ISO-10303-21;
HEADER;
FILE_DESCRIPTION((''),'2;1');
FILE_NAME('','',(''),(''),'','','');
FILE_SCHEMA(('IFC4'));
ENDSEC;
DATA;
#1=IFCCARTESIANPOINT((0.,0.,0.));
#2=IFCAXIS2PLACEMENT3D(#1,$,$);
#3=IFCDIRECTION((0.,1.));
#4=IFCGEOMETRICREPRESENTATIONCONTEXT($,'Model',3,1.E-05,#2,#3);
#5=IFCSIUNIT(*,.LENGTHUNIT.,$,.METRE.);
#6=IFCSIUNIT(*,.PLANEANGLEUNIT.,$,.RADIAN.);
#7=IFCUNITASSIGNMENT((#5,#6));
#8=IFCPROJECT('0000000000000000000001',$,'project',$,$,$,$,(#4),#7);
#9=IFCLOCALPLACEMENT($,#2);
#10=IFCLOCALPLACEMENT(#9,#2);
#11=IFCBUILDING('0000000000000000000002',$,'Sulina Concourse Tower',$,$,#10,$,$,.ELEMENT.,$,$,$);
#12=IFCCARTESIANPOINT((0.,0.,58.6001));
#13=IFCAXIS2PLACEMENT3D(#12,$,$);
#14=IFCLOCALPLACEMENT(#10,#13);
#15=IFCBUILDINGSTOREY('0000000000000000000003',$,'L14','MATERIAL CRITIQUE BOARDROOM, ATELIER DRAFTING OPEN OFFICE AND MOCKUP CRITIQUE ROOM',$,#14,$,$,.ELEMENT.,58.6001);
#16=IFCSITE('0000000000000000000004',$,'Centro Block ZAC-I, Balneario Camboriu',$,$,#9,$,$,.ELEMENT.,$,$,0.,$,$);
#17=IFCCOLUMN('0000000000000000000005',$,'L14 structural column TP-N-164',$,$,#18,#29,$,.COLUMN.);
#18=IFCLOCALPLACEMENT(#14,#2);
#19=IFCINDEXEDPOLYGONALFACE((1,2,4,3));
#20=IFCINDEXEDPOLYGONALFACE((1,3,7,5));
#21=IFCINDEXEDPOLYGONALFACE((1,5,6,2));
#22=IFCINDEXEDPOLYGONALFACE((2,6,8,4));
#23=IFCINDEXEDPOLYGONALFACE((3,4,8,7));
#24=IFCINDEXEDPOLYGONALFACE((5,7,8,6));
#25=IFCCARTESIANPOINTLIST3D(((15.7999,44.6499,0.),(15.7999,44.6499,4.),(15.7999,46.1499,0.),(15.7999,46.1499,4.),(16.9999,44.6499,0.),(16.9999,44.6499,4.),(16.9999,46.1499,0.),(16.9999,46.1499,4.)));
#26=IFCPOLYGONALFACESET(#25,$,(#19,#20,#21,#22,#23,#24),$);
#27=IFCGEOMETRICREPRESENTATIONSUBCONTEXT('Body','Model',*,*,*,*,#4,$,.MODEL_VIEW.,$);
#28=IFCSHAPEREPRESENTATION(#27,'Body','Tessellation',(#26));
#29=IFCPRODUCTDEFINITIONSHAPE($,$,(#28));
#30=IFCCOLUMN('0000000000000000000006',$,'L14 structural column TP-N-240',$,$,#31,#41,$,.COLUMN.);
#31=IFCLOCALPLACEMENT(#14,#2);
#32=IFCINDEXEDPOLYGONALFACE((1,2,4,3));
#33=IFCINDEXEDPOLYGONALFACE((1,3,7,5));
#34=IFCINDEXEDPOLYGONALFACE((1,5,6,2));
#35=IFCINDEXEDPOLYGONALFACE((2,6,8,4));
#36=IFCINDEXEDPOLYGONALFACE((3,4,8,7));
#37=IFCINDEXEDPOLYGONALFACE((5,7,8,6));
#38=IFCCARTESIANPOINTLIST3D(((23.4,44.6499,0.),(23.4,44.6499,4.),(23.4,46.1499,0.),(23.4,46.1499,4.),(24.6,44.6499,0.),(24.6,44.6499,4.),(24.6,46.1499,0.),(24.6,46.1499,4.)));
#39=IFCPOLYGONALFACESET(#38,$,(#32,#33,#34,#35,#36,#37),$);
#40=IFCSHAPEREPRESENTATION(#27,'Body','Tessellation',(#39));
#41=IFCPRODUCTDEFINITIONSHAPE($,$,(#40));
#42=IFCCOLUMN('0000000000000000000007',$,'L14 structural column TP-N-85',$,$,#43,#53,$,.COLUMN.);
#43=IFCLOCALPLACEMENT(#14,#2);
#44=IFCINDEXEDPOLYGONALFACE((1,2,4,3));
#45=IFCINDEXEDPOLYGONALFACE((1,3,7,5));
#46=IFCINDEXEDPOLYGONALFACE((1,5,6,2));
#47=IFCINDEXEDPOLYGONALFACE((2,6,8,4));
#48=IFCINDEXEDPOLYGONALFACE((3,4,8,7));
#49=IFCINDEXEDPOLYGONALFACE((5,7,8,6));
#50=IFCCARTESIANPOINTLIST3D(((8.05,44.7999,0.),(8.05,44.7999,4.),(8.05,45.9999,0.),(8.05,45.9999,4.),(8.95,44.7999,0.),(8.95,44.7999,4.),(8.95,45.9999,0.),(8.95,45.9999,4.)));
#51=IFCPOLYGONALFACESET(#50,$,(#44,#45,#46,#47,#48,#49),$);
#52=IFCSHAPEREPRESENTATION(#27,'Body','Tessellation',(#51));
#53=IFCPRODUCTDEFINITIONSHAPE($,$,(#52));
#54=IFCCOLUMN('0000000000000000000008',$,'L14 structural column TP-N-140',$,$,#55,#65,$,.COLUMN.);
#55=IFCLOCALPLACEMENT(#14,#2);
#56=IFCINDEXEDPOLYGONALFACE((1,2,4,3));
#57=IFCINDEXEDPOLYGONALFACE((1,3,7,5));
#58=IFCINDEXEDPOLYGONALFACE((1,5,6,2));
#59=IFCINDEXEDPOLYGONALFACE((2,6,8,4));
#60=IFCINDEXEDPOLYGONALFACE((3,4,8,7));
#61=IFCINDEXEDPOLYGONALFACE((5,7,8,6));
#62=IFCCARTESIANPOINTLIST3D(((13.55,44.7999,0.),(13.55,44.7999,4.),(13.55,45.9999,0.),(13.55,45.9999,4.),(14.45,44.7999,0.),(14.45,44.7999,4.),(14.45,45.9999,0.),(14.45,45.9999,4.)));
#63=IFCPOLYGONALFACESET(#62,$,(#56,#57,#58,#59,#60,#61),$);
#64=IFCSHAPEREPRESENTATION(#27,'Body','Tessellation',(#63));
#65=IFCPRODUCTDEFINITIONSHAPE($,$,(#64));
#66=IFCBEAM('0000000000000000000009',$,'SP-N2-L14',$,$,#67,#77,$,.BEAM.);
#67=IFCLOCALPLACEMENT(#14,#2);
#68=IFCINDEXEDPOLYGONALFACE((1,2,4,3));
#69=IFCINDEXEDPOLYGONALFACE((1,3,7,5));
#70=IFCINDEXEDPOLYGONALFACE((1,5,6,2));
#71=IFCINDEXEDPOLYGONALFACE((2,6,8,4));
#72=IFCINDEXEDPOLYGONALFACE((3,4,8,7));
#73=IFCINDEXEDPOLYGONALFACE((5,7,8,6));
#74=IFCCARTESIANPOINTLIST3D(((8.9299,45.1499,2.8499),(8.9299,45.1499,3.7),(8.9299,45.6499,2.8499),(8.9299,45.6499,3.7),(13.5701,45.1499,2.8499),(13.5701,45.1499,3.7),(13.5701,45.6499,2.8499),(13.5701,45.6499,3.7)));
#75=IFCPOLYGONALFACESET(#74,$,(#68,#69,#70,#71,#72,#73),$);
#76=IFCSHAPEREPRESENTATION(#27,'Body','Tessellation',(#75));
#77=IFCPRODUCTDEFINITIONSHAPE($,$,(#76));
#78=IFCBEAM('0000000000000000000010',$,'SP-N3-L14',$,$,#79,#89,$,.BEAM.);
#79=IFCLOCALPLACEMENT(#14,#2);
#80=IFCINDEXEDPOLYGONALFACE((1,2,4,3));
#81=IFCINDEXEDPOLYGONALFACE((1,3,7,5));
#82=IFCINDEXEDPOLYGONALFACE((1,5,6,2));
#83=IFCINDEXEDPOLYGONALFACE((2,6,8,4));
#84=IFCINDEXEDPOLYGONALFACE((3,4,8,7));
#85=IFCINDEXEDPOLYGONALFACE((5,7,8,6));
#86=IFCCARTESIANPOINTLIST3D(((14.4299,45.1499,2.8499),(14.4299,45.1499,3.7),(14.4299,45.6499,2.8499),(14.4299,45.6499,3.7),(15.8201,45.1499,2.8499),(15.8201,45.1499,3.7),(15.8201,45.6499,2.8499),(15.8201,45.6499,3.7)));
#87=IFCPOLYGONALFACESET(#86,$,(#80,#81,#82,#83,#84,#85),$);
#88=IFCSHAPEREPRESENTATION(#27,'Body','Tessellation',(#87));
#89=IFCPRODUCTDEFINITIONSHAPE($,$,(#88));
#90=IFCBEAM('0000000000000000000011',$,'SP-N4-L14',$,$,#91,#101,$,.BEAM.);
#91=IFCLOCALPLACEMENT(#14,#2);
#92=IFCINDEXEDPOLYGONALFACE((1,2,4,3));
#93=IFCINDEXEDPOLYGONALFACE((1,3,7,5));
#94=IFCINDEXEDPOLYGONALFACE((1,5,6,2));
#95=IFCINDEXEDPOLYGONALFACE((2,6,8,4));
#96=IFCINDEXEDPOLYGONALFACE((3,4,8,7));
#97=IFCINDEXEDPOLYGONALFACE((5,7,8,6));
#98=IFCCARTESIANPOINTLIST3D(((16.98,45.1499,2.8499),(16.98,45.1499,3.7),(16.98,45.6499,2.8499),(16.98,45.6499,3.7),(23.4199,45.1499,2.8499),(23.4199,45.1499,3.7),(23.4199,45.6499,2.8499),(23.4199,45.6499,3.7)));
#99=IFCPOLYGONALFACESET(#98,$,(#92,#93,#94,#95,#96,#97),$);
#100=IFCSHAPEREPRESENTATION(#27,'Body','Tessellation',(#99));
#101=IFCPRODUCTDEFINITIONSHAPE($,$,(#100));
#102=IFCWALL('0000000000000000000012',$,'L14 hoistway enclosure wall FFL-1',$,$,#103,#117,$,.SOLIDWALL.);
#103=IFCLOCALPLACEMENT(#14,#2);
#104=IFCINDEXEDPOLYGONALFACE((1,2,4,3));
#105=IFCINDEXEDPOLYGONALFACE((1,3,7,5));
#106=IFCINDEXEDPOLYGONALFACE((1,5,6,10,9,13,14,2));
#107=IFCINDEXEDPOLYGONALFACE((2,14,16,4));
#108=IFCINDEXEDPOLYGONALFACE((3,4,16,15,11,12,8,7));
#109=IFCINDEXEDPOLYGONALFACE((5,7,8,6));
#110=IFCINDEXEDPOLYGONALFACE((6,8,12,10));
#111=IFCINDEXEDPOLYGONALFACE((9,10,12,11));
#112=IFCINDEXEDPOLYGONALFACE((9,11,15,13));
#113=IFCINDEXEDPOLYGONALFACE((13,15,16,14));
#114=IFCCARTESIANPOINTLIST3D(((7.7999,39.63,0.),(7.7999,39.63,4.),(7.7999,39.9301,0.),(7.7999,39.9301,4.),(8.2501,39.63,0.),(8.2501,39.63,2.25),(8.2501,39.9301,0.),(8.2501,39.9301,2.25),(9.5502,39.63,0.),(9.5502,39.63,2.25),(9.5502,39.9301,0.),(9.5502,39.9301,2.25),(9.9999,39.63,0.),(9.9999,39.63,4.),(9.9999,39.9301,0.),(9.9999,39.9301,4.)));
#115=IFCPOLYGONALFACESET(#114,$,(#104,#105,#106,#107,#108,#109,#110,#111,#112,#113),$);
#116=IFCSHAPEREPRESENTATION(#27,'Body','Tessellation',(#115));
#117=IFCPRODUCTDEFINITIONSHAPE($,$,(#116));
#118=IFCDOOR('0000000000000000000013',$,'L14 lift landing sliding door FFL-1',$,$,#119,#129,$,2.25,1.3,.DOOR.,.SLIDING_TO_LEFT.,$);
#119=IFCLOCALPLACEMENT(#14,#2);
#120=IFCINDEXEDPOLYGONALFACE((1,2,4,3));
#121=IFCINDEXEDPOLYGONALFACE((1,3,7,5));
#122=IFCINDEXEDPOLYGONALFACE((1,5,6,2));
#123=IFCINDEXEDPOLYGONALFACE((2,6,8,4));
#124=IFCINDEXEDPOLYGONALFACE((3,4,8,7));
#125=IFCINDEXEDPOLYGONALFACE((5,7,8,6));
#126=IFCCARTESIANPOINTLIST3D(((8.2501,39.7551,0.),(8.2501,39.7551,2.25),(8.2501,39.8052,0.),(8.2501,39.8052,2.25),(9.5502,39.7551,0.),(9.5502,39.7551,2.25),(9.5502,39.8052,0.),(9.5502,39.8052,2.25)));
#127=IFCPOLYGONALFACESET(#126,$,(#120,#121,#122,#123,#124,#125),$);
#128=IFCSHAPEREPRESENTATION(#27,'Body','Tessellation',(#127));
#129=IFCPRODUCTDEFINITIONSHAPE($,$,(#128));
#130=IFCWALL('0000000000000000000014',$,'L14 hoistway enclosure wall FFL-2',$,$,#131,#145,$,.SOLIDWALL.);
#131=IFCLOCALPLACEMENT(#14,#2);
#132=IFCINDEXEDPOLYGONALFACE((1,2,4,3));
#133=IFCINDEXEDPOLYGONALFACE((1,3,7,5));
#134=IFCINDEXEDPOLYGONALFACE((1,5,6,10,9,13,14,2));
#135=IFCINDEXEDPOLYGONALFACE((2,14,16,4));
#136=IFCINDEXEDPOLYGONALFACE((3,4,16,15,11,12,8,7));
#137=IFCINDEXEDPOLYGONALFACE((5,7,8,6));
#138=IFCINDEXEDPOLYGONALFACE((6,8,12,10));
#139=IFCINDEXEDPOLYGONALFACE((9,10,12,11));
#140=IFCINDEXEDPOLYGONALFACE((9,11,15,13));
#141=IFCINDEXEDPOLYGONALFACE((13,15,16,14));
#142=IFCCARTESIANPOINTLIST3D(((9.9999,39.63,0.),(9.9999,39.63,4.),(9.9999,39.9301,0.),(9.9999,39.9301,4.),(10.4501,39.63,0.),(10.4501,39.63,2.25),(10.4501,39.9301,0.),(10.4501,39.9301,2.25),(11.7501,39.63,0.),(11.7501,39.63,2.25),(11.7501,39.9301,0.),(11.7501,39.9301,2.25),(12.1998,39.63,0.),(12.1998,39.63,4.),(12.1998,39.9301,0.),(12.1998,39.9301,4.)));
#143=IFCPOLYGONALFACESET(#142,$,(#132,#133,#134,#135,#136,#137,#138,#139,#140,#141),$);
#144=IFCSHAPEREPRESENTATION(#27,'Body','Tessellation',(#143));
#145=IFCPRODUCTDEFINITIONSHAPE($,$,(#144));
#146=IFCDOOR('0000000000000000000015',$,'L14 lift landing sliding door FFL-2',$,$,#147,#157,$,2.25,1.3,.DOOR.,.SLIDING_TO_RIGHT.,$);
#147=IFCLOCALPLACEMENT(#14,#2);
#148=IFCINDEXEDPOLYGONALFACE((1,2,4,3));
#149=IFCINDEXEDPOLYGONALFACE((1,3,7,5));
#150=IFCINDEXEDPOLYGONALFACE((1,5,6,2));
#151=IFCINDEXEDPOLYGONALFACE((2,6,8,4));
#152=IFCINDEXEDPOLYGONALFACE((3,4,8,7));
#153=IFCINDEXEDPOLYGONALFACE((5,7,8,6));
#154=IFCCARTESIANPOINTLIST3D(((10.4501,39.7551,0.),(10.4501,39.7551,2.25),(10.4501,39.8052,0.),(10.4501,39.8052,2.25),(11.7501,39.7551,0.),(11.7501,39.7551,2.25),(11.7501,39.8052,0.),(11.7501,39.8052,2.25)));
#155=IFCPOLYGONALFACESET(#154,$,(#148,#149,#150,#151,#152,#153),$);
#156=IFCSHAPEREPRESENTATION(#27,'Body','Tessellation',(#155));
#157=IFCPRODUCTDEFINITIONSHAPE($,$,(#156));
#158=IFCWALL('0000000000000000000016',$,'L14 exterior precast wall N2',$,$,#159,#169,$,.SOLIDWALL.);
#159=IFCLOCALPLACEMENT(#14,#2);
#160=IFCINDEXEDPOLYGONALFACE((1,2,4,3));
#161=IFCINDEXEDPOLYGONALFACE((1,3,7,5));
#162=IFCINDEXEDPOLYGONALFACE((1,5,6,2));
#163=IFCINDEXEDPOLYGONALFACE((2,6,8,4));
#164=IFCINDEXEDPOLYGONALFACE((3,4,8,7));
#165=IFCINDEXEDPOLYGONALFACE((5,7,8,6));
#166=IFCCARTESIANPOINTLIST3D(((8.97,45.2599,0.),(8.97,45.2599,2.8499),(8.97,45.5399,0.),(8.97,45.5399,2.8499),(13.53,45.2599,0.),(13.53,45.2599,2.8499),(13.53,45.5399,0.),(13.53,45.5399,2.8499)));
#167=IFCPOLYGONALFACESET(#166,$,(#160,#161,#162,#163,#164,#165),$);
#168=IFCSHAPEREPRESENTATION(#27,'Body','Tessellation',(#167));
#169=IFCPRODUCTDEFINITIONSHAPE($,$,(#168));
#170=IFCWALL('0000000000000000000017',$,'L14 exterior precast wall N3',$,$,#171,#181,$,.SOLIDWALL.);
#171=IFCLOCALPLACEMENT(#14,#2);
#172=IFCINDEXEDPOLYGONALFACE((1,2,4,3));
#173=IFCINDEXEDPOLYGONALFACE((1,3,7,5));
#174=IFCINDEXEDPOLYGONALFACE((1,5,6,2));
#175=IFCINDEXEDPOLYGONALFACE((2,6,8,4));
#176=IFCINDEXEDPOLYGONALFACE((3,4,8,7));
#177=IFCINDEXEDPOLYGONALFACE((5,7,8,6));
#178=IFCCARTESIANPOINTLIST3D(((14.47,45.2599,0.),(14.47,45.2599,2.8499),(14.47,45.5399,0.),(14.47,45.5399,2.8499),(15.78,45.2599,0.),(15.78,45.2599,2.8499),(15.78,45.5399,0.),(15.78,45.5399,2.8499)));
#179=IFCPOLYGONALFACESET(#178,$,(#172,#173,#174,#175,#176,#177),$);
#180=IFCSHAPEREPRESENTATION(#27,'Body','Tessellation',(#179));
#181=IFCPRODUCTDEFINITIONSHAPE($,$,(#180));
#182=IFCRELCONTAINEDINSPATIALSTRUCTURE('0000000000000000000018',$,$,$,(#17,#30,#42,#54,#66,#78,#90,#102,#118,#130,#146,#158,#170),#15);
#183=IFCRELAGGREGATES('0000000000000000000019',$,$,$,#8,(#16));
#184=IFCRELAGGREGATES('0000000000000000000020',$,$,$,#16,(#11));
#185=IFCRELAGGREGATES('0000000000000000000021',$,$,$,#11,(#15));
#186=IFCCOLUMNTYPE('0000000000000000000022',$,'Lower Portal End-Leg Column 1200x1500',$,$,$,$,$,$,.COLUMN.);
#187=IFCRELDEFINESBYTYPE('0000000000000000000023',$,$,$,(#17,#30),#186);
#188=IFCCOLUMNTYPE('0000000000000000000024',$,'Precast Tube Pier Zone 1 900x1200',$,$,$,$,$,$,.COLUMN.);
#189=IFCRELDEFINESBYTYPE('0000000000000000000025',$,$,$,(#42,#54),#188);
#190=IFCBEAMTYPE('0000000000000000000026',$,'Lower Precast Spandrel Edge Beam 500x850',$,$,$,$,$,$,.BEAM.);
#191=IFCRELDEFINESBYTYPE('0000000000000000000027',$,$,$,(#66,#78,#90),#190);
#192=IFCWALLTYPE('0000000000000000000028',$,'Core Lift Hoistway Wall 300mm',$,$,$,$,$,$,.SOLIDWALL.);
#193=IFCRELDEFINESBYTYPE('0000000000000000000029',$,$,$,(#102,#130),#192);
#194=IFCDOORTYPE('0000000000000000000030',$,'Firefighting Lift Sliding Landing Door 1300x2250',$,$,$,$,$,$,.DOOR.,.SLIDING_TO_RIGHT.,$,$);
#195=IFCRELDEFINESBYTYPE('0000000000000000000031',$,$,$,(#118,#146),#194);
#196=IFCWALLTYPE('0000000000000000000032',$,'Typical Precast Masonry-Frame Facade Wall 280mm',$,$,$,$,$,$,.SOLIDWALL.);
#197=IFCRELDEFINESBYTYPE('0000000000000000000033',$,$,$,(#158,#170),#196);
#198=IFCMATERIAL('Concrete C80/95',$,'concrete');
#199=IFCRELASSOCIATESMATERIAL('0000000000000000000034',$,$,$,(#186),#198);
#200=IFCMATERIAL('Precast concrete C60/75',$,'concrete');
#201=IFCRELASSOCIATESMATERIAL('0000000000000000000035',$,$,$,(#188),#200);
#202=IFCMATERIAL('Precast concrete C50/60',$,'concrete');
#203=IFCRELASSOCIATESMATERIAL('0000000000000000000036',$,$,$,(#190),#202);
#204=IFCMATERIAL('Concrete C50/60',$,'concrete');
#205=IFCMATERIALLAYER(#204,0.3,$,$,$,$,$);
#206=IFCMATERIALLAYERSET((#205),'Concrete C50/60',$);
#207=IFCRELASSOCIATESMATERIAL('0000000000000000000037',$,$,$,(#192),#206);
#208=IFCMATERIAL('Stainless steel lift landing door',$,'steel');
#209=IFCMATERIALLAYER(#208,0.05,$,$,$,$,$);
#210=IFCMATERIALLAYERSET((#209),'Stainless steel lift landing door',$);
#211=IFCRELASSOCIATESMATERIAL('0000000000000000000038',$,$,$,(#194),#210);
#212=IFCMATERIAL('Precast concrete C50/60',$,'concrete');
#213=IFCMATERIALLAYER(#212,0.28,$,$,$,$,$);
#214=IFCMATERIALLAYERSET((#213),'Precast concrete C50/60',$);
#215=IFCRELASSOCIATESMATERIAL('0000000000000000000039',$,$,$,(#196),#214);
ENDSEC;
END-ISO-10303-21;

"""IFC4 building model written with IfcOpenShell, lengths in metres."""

from ifc_helpers import new_model, si_unit, direction, frame, frame_2d, origin, origin_2d, place, context, subcontext, project, spatial, rectangle, extrude, material, layer, layer_set, material_profile, profile_set, type_object, element, fill, save


model = new_model("IFC4")

# Units and contexts
model_context = context("Model", 3, precision=1e-05, world=origin(), true_north=direction((0.0, 1.0)))
body_context = subcontext(model_context, "Body", "Model", "MODEL_VIEW")
ifc_project = project(units=[si_unit("LENGTHUNIT", "METRE"), si_unit("PLANEANGLEUNIT", "RADIAN")], contexts=[model_context])

# Site, building, storey
site_placement = place(None, origin())
site = spatial("IfcSite", under=ifc_project, at=site_placement, Name="Centro Block ZAC-I, Balneario Camboriu", CompositionType="ELEMENT", RefElevation=0.0)
building_placement = place(site_placement, origin())
building = spatial("IfcBuilding", under=site, at=building_placement, Name="Sulina Concourse Tower", CompositionType="ELEMENT")
storey_placement = place(building_placement, frame((0.0, 0.0, 58.6001)))
storey = spatial("IfcBuildingStorey", under=building, at=storey_placement, Name="L14", Description="MATERIAL CRITIQUE BOARDROOM, ATELIER DRAFTING OPEN OFFICE AND MOCKUP CRITIQUE ROOM", CompositionType="ELEMENT", Elevation=58.6001)

# Columns
ifc_material_1 = material(Name="Concrete C80/95", Category="concrete")
ifc_material_profile_1 = material_profile(ifc_material_1, rectangle(XDim=1.2, YDim=1.5, at=origin_2d()), Name="RC 1200x1500")
ifc_profile_set_1 = profile_set([ifc_material_profile_1], Name="Concrete C80/95")
column_type_1 = type_object("IfcColumnType", Name="Lower Portal End-Leg Column 1200x1500", PredefinedType="COLUMN", material=ifc_profile_set_1)
for number, where, z_axis, x_axis, name in (
    (1, (16.3999, 45.3999, 0.0), (0.0, 0.0, 1.0), (1.0, 0.0, 0.0), "L14 structural column TP-N-164"),
    (2, (24.0, 45.3999, 0.0), (0.0, 0.0, 1.0), (1.0, 0.0, 0.0), "L14 structural column TP-N-240"),
):
    element("IfcColumn", number, at=place(storey_placement, frame(where, z_axis=z_axis, x_axis=x_axis)), inside=storey, type_object=column_type_1, Name=name, PredefinedType="COLUMN", context=body_context, shape_type="SweptSolid", body=[
        extrude(rectangle(XDim=1.2, YDim=1.5, at=origin_2d()), origin(), (0.0, 0.0, 1.0), 4.0),
    ])
ifc_material_2 = material(Name="Precast concrete C60/75", Category="concrete")
ifc_material_profile_2 = material_profile(ifc_material_2, rectangle(XDim=0.8999, YDim=1.2, at=origin_2d()), Name="PC 900x1200")
ifc_profile_set_2 = profile_set([ifc_material_profile_2], Name="Precast concrete C60/75")
column_type_2 = type_object("IfcColumnType", Name="Precast Tube Pier Zone 1 900x1200", PredefinedType="COLUMN", material=ifc_profile_set_2)
for number, where, z_axis, x_axis, name in (
    (3, (8.5, 45.3999, 0.0), (0.0, 0.0, 1.0), (1.0, 0.0, 0.0), "L14 structural column TP-N-85"),
    (4, (14.0, 45.3999, 0.0), (0.0, 0.0, 1.0), (1.0, 0.0, 0.0), "L14 structural column TP-N-140"),
):
    element("IfcColumn", number, at=place(storey_placement, frame(where, z_axis=z_axis, x_axis=x_axis)), inside=storey, type_object=column_type_2, Name=name, PredefinedType="COLUMN", context=body_context, shape_type="SweptSolid", body=[
        extrude(rectangle(XDim=0.8999, YDim=1.2, at=origin_2d()), origin(), (0.0, 0.0, 1.0), 4.0),
    ])

# Beams
ifc_material_3 = material(Name="Precast concrete C50/60", Category="concrete")
ifc_material_profile_3 = material_profile(ifc_material_3, rectangle(XDim=0.5, YDim=0.8501, at=origin_2d()), Name="RC 500x850")
ifc_profile_set_3 = profile_set([ifc_material_profile_3], Name="Precast concrete C50/60")
beam_type = type_object("IfcBeamType", Name="Lower Precast Spandrel Edge Beam 500x850", PredefinedType="BEAM", material=ifc_profile_set_3)
beam_1_placement = place(storey_placement, frame((8.9299, 45.3999, 3.2749), z_axis=(1.0, 0.0, 0.0), x_axis=(0.0, 1.0, 0.0)))
element("IfcBeam", 5, at=beam_1_placement, inside=storey, type_object=beam_type, Name="SP-N2-L14", PredefinedType="BEAM", context=body_context, shape_type="SweptSolid", body=[
    extrude(rectangle(XDim=0.5, YDim=0.8501, at=origin_2d()), origin(), (0.0, 0.0, 1.0), 4.6401),
])
beam_2_placement = place(storey_placement, frame((14.4299, 45.3999, 3.2749), z_axis=(1.0, 0.0, 0.0), x_axis=(0.0, 1.0, 0.0)))
element("IfcBeam", 6, at=beam_2_placement, inside=storey, type_object=beam_type, Name="SP-N3-L14", PredefinedType="BEAM", context=body_context, shape_type="SweptSolid", body=[
    extrude(rectangle(XDim=0.5, YDim=0.8501, at=origin_2d()), origin(), (0.0, 0.0, 1.0), 1.3901),
])
beam_3_placement = place(storey_placement, frame((16.98, 45.3999, 3.2749), z_axis=(1.0, 0.0, 0.0), x_axis=(0.0, 1.0, 0.0)))
element("IfcBeam", 7, at=beam_3_placement, inside=storey, type_object=beam_type, Name="SP-N4-L14", PredefinedType="BEAM", context=body_context, shape_type="SweptSolid", body=[
    extrude(rectangle(XDim=0.5, YDim=0.8501, at=origin_2d()), origin(), (0.0, 0.0, 1.0), 6.4399),
])

# Walls, openings, doors
ifc_material_4 = material(Name="Concrete C50/60", Category="concrete")
ifc_layer_1 = layer(ifc_material_4, 0.3)
ifc_layer_set_1 = layer_set([ifc_layer_1], Name="Concrete C50/60")
wall_type_1 = type_object("IfcWallType", Name="Core Lift Hoistway Wall 300mm", PredefinedType="SOLIDWALL", material=ifc_layer_set_1)
wall_1_placement = place(storey_placement, frame((10.0, 39.78, 0.0), z_axis=(0.0, 0.0, 1.0), x_axis=(-1.0, 0.0, 0.0)))
wall_1 = element("IfcWall", 8, at=wall_1_placement, inside=storey, type_object=wall_type_1, Name="L14 hoistway enclosure wall FFL-1", PredefinedType="SOLIDWALL", context=body_context, shape_type="SweptSolid", body=[
    extrude(rectangle(XDim=2.2, YDim=0.3, at=frame_2d((1.1001, 0.0))), origin(), (0.0, 0.0, 1.0), 4.0),
])
opening_1_placement = place(wall_1_placement, frame((0.45, 0.0, 0.0)))
opening_1 = element("IfcOpeningElement", 9, at=opening_1_placement, cuts=wall_1, PredefinedType="OPENING", context=body_context, shape_type="SweptSolid", body=[
    extrude(rectangle(XDim=1.3, YDim=2.25, at=frame_2d((0.6499, 1.125))), frame((0.0, 0.1599, 0.0), z_axis=(0.0, -1.0, 0.0), x_axis=(1.0, 0.0, 0.0)), (0.0, 0.0, 1.0), 0.3201),
])
ifc_material_5 = material(Name="Stainless steel lift landing door", Category="steel")
ifc_layer_2 = layer(ifc_material_5, 0.05)
ifc_layer_set_2 = layer_set([ifc_layer_2], Name="Stainless steel lift landing door")
door_type = type_object("IfcDoorType", Name="Firefighting Lift Sliding Landing Door 1300x2250", OperationType="SLIDING_TO_RIGHT", PredefinedType="DOOR", material=ifc_layer_set_2)
door_1_placement = place(opening_1_placement, origin())
door_1 = element("IfcDoor", 10, at=door_1_placement, inside=storey, type_object=door_type, Name="L14 lift landing sliding door FFL-1", OperationType="SLIDING_TO_LEFT", OverallHeight=2.25, OverallWidth=1.3, PredefinedType="DOOR", context=body_context, shape_type="SweptSolid", body=[
    extrude(rectangle(XDim=1.3, YDim=2.25, at=frame_2d((0.6499, 1.125))), frame((0.0, 0.0249, 0.0), z_axis=(0.0, -1.0, 0.0), x_axis=(1.0, 0.0, 0.0)), (0.0, 0.0, 1.0), 0.05),
])
fill(opening_1, door_1)
wall_2_placement = place(storey_placement, frame((12.2, 39.78, 0.0), z_axis=(0.0, 0.0, 1.0), x_axis=(-1.0, 0.0, 0.0)))
wall_2 = element("IfcWall", 11, at=wall_2_placement, inside=storey, type_object=wall_type_1, Name="L14 hoistway enclosure wall FFL-2", PredefinedType="SOLIDWALL", context=body_context, shape_type="SweptSolid", body=[
    extrude(rectangle(XDim=2.2, YDim=0.3, at=frame_2d((1.1001, 0.0))), origin(), (0.0, 0.0, 1.0), 4.0),
])
opening_2_placement = place(wall_2_placement, frame((0.45, 0.0, 0.0)))
opening_2 = element("IfcOpeningElement", 12, at=opening_2_placement, cuts=wall_2, PredefinedType="OPENING", context=body_context, shape_type="SweptSolid", body=[
    extrude(rectangle(XDim=1.3, YDim=2.25, at=frame_2d((0.6499, 1.125))), frame((0.0, 0.1599, 0.0), z_axis=(0.0, -1.0, 0.0), x_axis=(1.0, 0.0, 0.0)), (0.0, 0.0, 1.0), 0.3201),
])
door_2_placement = place(opening_2_placement, origin())
door_2 = element("IfcDoor", 13, at=door_2_placement, inside=storey, type_object=door_type, Name="L14 lift landing sliding door FFL-2", OperationType="SLIDING_TO_RIGHT", OverallHeight=2.25, OverallWidth=1.3, PredefinedType="DOOR", context=body_context, shape_type="SweptSolid", body=[
    extrude(rectangle(XDim=1.3, YDim=2.25, at=frame_2d((0.6499, 1.125))), frame((0.0, 0.0249, 0.0), z_axis=(0.0, -1.0, 0.0), x_axis=(1.0, 0.0, 0.0)), (0.0, 0.0, 1.0), 0.05),
])
fill(opening_2, door_2)

# Walls
ifc_material_6 = material(Name="Precast concrete C50/60", Category="concrete")
ifc_layer_3 = layer(ifc_material_6, 0.28)
ifc_layer_set_3 = layer_set([ifc_layer_3], Name="Precast concrete C50/60")
wall_type_2 = type_object("IfcWallType", Name="Typical Precast Masonry-Frame Facade Wall 280mm", PredefinedType="SOLIDWALL", material=ifc_layer_set_3)
wall_3_placement = place(storey_placement, frame((8.97, 45.3999, 0.0), z_axis=(0.0, 0.0, 1.0), x_axis=(1.0, 0.0, 0.0)))
element("IfcWall", 14, at=wall_3_placement, inside=storey, type_object=wall_type_2, Name="L14 exterior precast wall N2", PredefinedType="SOLIDWALL", context=body_context, shape_type="SweptSolid", body=[
    extrude(rectangle(XDim=4.5601, YDim=0.28, at=frame_2d((2.28, 0.0))), origin(), (0.0, 0.0, 1.0), 2.8499),
])
wall_4_placement = place(storey_placement, frame((14.47, 45.3999, 0.0), z_axis=(0.0, 0.0, 1.0), x_axis=(1.0, 0.0, 0.0)))
element("IfcWall", 15, at=wall_4_placement, inside=storey, type_object=wall_type_2, Name="L14 exterior precast wall N3", PredefinedType="SOLIDWALL", context=body_context, shape_type="SweptSolid", body=[
    extrude(rectangle(XDim=1.3101, YDim=0.28, at=frame_2d((0.655, 0.0))), origin(), (0.0, 0.0, 1.0), 2.8499),
])

save(model, "model.ifc")
